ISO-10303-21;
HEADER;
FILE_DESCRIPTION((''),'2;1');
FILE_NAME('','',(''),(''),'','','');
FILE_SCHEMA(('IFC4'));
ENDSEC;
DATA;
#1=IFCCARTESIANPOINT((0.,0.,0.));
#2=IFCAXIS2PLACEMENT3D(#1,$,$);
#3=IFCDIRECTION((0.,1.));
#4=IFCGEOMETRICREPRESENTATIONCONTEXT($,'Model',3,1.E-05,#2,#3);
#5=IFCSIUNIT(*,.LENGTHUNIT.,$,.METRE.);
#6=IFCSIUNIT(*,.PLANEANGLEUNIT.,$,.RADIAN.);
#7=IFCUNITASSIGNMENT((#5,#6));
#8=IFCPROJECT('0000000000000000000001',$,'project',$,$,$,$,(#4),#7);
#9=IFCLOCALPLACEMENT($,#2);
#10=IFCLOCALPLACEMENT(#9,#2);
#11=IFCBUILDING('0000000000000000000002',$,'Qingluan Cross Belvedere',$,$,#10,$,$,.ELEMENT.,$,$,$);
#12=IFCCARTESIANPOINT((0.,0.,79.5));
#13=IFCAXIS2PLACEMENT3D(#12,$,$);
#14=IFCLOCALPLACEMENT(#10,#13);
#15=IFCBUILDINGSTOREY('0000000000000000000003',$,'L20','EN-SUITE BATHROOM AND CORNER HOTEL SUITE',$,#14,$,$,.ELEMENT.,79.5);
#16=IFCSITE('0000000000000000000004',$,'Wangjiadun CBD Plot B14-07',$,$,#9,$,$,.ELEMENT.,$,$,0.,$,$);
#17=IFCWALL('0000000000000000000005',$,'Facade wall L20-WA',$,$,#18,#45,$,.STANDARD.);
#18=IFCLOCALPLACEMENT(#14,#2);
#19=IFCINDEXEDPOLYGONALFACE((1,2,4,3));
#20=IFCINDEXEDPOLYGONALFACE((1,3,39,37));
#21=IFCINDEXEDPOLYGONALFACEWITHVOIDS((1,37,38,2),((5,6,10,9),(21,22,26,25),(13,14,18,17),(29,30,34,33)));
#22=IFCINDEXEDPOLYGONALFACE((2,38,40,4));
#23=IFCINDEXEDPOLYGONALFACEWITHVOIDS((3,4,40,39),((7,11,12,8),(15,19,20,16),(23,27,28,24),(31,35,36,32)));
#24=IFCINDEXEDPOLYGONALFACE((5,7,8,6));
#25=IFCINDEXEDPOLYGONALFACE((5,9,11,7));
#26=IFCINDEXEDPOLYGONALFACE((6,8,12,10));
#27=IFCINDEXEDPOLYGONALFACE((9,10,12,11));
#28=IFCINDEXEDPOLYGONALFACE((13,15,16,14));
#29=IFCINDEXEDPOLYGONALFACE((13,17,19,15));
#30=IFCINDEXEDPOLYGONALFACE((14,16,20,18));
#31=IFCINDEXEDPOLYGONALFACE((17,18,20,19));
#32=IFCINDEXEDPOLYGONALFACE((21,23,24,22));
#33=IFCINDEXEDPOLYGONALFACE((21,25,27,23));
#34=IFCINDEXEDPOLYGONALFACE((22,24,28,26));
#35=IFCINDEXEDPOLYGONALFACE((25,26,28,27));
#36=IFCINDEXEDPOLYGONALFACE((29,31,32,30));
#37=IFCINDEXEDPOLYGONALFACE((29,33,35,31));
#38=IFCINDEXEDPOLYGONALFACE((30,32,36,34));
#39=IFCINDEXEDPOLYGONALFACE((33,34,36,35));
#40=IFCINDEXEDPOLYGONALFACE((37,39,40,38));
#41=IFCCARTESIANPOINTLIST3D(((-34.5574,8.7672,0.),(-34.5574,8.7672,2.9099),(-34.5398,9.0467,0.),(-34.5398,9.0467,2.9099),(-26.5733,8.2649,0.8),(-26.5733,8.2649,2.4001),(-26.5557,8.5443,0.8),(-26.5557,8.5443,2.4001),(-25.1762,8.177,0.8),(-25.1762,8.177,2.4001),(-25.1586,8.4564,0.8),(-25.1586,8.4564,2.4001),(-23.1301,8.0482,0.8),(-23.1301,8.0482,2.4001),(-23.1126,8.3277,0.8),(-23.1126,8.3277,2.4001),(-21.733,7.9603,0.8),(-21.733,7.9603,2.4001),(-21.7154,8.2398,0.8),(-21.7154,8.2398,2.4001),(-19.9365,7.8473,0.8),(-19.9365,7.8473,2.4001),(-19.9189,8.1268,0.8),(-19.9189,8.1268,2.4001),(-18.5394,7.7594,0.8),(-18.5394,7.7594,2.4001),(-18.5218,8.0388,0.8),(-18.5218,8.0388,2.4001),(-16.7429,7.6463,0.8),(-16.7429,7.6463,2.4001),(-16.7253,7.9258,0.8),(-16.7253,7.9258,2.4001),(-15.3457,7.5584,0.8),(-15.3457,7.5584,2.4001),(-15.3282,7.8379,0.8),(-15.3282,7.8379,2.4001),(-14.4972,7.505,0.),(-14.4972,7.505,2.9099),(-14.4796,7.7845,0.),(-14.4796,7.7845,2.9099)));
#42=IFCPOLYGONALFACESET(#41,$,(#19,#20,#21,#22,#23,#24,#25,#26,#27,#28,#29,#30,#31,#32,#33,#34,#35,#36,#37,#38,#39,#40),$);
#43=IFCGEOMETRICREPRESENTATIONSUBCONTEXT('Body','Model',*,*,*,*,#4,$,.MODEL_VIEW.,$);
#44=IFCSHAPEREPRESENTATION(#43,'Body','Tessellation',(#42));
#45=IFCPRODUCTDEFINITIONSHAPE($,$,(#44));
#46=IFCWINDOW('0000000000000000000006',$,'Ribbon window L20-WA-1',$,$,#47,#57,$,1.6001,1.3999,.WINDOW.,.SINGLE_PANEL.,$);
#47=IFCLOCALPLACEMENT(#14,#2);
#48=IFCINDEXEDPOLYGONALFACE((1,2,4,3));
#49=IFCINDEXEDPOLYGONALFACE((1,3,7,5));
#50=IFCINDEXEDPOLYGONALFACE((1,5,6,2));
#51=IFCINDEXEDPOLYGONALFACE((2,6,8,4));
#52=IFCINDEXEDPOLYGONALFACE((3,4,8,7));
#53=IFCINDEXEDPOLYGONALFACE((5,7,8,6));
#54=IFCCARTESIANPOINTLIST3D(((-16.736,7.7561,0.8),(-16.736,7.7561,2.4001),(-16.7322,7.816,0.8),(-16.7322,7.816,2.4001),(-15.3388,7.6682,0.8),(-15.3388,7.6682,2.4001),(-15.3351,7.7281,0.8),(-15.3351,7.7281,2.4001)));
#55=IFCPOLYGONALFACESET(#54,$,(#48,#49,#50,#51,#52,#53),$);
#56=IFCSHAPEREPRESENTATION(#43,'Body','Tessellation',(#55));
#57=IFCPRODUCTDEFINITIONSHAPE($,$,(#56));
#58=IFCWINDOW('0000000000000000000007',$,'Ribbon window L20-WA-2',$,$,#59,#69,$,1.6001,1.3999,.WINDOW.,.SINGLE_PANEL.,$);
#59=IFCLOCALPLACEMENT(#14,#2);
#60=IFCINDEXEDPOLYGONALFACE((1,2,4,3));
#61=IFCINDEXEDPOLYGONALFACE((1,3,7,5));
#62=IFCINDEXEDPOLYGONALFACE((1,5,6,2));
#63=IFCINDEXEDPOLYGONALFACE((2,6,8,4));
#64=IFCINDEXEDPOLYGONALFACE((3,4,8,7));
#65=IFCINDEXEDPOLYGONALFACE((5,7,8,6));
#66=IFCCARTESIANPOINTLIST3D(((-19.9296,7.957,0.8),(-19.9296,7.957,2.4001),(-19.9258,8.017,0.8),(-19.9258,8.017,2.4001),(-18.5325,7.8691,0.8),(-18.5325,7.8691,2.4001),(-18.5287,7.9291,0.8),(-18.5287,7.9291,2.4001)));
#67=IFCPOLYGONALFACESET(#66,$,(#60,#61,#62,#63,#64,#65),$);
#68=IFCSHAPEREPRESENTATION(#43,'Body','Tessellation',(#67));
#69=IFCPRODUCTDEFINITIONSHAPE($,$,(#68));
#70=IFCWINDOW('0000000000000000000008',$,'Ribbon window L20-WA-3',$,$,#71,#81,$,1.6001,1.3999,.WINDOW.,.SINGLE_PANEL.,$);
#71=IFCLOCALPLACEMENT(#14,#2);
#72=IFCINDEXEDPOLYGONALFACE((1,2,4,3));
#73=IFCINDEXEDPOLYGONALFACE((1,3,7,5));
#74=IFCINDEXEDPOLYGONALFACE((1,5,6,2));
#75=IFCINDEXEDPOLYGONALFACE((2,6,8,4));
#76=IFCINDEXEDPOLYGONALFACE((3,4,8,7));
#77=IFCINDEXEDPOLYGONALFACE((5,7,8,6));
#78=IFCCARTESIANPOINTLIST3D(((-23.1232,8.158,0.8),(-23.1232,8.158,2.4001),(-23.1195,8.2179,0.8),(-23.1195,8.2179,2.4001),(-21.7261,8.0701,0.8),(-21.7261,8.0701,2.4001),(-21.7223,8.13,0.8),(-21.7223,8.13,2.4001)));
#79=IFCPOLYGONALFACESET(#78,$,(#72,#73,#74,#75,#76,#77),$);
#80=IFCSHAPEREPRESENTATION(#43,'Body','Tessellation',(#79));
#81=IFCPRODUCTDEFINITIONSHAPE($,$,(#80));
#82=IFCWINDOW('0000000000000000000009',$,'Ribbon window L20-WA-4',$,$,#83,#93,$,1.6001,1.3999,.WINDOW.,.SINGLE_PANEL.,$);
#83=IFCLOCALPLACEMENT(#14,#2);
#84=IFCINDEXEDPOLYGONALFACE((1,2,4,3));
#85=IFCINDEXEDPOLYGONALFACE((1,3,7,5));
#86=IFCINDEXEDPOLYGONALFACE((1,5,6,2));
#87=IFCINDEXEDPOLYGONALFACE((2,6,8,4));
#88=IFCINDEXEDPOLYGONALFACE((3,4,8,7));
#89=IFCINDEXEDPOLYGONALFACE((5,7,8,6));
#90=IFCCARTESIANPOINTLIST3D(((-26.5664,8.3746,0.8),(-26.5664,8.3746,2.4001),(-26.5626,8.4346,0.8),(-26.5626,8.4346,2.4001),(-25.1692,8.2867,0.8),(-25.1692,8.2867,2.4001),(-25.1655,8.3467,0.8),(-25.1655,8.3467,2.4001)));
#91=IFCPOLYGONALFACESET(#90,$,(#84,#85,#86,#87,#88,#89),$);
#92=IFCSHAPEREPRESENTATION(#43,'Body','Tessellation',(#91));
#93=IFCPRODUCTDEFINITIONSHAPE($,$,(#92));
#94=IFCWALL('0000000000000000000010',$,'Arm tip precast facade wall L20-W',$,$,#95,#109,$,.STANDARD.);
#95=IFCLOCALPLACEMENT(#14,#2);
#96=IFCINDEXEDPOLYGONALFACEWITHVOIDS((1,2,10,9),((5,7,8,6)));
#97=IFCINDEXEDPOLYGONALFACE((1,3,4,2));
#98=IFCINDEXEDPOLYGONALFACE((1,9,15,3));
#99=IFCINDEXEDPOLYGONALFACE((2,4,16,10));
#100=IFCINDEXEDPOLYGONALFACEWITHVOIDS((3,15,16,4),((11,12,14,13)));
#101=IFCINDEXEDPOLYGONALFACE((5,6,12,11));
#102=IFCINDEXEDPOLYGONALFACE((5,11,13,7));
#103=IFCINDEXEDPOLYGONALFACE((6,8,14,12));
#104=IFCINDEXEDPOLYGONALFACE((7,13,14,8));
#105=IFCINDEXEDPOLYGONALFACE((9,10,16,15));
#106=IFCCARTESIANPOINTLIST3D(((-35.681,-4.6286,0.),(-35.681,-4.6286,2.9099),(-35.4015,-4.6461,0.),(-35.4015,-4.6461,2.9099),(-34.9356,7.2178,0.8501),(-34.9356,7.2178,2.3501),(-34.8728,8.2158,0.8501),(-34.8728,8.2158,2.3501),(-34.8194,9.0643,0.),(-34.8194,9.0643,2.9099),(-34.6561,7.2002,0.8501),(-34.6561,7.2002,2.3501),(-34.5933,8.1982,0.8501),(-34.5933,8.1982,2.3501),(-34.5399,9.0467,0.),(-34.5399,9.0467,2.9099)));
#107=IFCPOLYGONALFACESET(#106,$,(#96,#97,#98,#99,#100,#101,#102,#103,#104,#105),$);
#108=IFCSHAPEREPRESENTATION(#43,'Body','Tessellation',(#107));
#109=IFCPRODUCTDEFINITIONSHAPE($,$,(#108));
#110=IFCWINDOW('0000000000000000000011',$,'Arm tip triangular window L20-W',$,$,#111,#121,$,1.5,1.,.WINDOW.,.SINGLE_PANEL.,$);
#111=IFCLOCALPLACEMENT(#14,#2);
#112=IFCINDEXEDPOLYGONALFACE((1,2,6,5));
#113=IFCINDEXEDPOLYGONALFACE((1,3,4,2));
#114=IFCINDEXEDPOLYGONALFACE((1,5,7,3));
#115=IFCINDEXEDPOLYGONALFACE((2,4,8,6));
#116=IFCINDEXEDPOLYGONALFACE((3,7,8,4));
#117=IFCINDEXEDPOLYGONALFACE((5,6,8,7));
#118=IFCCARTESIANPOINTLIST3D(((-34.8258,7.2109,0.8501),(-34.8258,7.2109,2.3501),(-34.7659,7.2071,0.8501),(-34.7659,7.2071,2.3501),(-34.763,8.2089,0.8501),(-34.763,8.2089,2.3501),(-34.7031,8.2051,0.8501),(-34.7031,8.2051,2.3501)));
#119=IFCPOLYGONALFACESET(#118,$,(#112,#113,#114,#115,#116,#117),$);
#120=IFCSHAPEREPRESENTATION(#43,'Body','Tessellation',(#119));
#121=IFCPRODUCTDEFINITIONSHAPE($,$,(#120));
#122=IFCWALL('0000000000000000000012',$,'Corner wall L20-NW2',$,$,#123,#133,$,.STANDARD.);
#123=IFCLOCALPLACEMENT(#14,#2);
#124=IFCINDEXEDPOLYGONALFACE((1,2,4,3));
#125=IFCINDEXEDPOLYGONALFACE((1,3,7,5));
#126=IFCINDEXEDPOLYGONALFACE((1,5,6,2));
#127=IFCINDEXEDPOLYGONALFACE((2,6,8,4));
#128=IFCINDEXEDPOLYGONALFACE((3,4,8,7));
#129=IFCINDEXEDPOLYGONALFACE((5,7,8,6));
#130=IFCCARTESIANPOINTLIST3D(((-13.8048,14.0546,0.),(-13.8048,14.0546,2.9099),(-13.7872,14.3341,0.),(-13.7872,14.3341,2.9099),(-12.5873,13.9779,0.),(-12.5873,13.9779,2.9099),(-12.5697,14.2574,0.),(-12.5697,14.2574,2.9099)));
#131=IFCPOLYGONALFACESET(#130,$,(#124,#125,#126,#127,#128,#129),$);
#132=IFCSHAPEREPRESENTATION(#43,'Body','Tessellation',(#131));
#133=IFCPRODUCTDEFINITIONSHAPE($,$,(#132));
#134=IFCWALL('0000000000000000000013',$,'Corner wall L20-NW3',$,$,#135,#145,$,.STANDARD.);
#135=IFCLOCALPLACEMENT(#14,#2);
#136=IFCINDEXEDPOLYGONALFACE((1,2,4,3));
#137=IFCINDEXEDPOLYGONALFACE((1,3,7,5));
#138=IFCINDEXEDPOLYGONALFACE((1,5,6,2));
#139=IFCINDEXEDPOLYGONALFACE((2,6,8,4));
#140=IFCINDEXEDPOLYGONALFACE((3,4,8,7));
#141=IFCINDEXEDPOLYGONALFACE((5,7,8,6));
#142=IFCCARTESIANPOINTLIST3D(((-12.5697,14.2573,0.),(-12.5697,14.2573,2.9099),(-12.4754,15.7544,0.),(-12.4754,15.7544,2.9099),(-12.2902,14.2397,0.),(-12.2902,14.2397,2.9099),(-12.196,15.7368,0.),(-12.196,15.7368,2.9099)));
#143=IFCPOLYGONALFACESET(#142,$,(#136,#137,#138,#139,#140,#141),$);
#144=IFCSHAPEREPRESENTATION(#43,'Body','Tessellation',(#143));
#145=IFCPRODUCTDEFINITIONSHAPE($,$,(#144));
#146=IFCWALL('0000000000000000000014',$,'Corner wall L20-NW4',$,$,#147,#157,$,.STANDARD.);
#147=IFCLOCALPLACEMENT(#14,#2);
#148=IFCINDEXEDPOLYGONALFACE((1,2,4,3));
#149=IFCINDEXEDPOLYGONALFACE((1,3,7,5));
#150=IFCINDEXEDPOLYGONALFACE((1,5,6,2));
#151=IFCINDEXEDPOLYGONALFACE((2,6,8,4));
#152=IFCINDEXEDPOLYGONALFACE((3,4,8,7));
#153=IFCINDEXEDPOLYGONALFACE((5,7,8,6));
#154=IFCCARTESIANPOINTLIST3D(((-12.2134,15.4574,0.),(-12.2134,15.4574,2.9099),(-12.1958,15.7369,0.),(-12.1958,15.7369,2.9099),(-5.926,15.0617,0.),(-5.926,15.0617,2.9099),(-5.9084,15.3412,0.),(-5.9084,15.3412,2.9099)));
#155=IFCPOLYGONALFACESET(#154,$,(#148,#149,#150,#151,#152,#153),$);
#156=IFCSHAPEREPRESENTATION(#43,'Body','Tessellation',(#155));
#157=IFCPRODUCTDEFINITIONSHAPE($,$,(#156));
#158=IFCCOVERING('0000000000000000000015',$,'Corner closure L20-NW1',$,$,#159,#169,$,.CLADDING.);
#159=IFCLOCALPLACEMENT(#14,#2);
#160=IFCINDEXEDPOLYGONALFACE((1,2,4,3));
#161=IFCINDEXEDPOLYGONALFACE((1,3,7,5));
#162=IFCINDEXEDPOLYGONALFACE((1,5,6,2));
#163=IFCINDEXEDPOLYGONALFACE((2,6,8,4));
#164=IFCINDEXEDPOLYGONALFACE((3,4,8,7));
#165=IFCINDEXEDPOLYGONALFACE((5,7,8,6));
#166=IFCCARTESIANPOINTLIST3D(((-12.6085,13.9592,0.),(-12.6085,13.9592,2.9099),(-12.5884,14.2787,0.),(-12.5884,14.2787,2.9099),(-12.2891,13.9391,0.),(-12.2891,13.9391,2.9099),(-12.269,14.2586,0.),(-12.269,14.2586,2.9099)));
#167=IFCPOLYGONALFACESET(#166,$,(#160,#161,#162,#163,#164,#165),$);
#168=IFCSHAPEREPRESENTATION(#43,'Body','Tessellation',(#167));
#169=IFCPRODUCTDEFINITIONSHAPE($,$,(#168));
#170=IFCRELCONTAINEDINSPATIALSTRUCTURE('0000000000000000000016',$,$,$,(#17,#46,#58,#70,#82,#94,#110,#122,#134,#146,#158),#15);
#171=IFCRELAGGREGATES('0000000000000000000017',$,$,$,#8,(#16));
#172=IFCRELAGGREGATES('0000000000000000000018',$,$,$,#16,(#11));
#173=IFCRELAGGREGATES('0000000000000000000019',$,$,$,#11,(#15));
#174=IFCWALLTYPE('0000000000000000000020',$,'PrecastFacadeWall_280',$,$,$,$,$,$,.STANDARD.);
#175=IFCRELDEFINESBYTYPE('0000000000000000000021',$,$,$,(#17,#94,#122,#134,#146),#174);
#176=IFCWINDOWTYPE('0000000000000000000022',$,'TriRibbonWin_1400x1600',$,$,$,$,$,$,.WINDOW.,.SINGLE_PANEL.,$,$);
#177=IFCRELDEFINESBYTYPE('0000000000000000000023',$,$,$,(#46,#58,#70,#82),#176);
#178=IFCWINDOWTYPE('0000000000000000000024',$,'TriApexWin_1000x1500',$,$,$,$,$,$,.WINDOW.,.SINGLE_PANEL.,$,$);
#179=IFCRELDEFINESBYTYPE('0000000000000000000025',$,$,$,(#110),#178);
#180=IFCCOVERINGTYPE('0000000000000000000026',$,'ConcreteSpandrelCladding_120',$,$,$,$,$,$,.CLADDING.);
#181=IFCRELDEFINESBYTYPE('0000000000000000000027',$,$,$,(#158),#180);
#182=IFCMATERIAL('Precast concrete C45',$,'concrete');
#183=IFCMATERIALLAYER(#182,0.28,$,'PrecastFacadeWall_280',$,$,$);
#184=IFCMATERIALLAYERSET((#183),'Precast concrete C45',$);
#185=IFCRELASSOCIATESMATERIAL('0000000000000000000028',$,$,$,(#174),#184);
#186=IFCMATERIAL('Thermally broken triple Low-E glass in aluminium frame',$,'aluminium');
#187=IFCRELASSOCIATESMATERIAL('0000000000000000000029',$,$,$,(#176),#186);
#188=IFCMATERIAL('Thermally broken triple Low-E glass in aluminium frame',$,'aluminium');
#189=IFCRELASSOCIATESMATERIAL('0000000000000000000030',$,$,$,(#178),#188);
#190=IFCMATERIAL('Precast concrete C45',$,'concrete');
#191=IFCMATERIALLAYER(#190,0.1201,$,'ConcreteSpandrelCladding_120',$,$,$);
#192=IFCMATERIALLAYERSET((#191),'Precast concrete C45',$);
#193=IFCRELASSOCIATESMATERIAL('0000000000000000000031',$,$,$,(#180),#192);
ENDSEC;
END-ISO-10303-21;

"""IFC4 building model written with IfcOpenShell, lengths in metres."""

from ifc_helpers import new_model, si_unit, direction, frame, frame_2d, origin, origin_2d, place, context, subcontext, project, spatial, rectangle, extrude, material, layer, layer_set, type_object, element, fill, save


model = new_model("IFC4")

# Units and contexts
model_context = context("Model", 3, precision=1e-05, world=origin(), true_north=direction((0.0, 1.0)))
body_context = subcontext(model_context, "Body", "Model", "MODEL_VIEW")
ifc_project = project(units=[si_unit("LENGTHUNIT", "METRE"), si_unit("PLANEANGLEUNIT", "RADIAN")], contexts=[model_context])

# Site, building, storey
site_placement = place(None, origin())
site = spatial("IfcSite", under=ifc_project, at=site_placement, Name="Wangjiadun CBD Plot B14-07", CompositionType="ELEMENT", RefElevation=0.0)
building_placement = place(site_placement, origin())
building = spatial("IfcBuilding", under=site, at=building_placement, Name="Qingluan Cross Belvedere", CompositionType="ELEMENT")
storey_placement = place(building_placement, frame((0.0, 0.0, 79.5)))
storey = spatial("IfcBuildingStorey", under=building, at=storey_placement, Name="L20", Description="EN-SUITE BATHROOM AND CORNER HOTEL SUITE", CompositionType="ELEMENT", Elevation=79.5)

# Wall, openings, windows
ifc_material_1 = material(Name="Precast concrete C45", Category="concrete")
ifc_layer_1 = layer(ifc_material_1, 0.28, Name="PrecastFacadeWall_280")
ifc_layer_set_1 = layer_set([ifc_layer_1], Name="Precast concrete C45")
wall_type_1 = type_object("IfcWallType", Name="PrecastFacadeWall_280", PredefinedType="STANDARD", material=ifc_layer_set_1)
wall_1_placement = place(storey_placement, frame((-14.4885, 7.6448, 0.0), z_axis=(0.0, 0.0, 1.0), x_axis=(-0.998026, 0.062796, 0.0)))
wall_1 = element("IfcWall", 1, at=wall_1_placement, inside=storey, type_object=wall_type_1, Name="Facade wall L20-WA", PredefinedType="STANDARD", context=body_context, shape_type="SweptSolid", body=[
    extrude(rectangle(XDim=20.0999, YDim=0.28, at=frame_2d((10.0498, 0.0))), origin(), (0.0, 0.0, 1.0), 2.9099),
])
opening_1_placement = place(wall_1_placement, frame((0.8501, 0.0, 0.8)))
opening_1 = element("IfcOpeningElement", 2, at=opening_1_placement, cuts=wall_1, PredefinedType="OPENING", context=body_context, shape_type="SweptSolid", body=[
    extrude(rectangle(XDim=1.3999, YDim=1.6001, at=frame_2d((0.7, 0.8))), frame((0.0, 0.1499, 0.0), z_axis=(0.0, -1.0, 0.0), x_axis=(1.0, 0.0, 0.0)), (0.0, 0.0, 1.0), 0.3),
])
opening_2_placement = place(wall_1_placement, frame((4.05, 0.0, 0.8)))
opening_2 = element("IfcOpeningElement", 3, at=opening_2_placement, cuts=wall_1, PredefinedType="OPENING", context=body_context, shape_type="SweptSolid", body=[
    extrude(rectangle(XDim=1.3999, YDim=1.6001, at=frame_2d((0.7, 0.8))), frame((0.0, 0.1499, 0.0), z_axis=(0.0, -1.0, 0.0), x_axis=(1.0, 0.0, 0.0)), (0.0, 0.0, 1.0), 0.3),
])
opening_3_placement = place(wall_1_placement, frame((7.25, 0.0, 0.8)))
opening_3 = element("IfcOpeningElement", 4, at=opening_3_placement, cuts=wall_1, PredefinedType="OPENING", context=body_context, shape_type="SweptSolid", body=[
    extrude(rectangle(XDim=1.3999, YDim=1.6001, at=frame_2d((0.7, 0.8))), frame((0.0, 0.1499, 0.0), z_axis=(0.0, -1.0, 0.0), x_axis=(1.0, 0.0, 0.0)), (0.0, 0.0, 1.0), 0.3),
])
opening_4_placement = place(wall_1_placement, frame((10.7, 0.0, 0.8)))
opening_4 = element("IfcOpeningElement", 5, at=opening_4_placement, cuts=wall_1, PredefinedType="OPENING", context=body_context, shape_type="SweptSolid", body=[
    extrude(rectangle(XDim=1.3999, YDim=1.6001, at=frame_2d((0.7, 0.8))), frame((0.0, 0.1499, 0.0), z_axis=(0.0, -1.0, 0.0), x_axis=(1.0, 0.0, 0.0)), (0.0, 0.0, 1.0), 0.3),
])
ifc_material_2 = material(Name="Thermally broken triple Low-E glass in aluminium frame", Category="aluminium")
window_type_1 = type_object("IfcWindowType", Name="TriRibbonWin_1400x1600", PartitioningType="SINGLE_PANEL", PredefinedType="WINDOW", material=ifc_material_2)
window_1_placement = place(opening_1_placement, origin())
window_1 = element("IfcWindow", 6, at=window_1_placement, inside=storey, type_object=window_type_1, Name="Ribbon window L20-WA-1", OverallHeight=1.6001, OverallWidth=1.3999, PartitioningType="SINGLE_PANEL", PredefinedType="WINDOW", context=body_context, shape_type="SweptSolid", body=[
    extrude(rectangle(XDim=1.3999, YDim=1.6001, at=frame_2d((0.7, 0.8))), frame((0.0, 0.03, 0.0), z_axis=(0.0, -1.0, 0.0), x_axis=(1.0, 0.0, 0.0)), (0.0, 0.0, 1.0), 0.0601),
])
fill(opening_1, window_1)
window_2_placement = place(opening_2_placement, origin())
window_2 = element("IfcWindow", 7, at=window_2_placement, inside=storey, type_object=window_type_1, Name="Ribbon window L20-WA-2", OverallHeight=1.6001, OverallWidth=1.3999, PartitioningType="SINGLE_PANEL", PredefinedType="WINDOW", context=body_context, shape_type="SweptSolid", body=[
    extrude(rectangle(XDim=1.3999, YDim=1.6001, at=frame_2d((0.7, 0.8))), frame((0.0, 0.03, 0.0), z_axis=(0.0, -1.0, 0.0), x_axis=(1.0, 0.0, 0.0)), (0.0, 0.0, 1.0), 0.0601),
])
fill(opening_2, window_2)
window_3_placement = place(opening_3_placement, origin())
window_3 = element("IfcWindow", 8, at=window_3_placement, inside=storey, type_object=window_type_1, Name="Ribbon window L20-WA-3", OverallHeight=1.6001, OverallWidth=1.3999, PartitioningType="SINGLE_PANEL", PredefinedType="WINDOW", context=body_context, shape_type="SweptSolid", body=[
    extrude(rectangle(XDim=1.3999, YDim=1.6001, at=frame_2d((0.7, 0.8))), frame((0.0, 0.03, 0.0), z_axis=(0.0, -1.0, 0.0), x_axis=(1.0, 0.0, 0.0)), (0.0, 0.0, 1.0), 0.0601),
])
fill(opening_3, window_3)
window_4_placement = place(opening_4_placement, origin())
window_4 = element("IfcWindow", 9, at=window_4_placement, inside=storey, type_object=window_type_1, Name="Ribbon window L20-WA-4", OverallHeight=1.6001, OverallWidth=1.3999, PartitioningType="SINGLE_PANEL", PredefinedType="WINDOW", context=body_context, shape_type="SweptSolid", body=[
    extrude(rectangle(XDim=1.3999, YDim=1.6001, at=frame_2d((0.7, 0.8))), frame((0.0, 0.03, 0.0), z_axis=(0.0, -1.0, 0.0), x_axis=(1.0, 0.0, 0.0)), (0.0, 0.0, 1.0), 0.0601),
])
fill(opening_4, window_4)

# Wall, opening, window
wall_2_placement = place(storey_placement, frame((-34.6797, 9.0554, 0.0), z_axis=(0.0, 0.0, 1.0), x_axis=(-0.062797, -0.998026, 0.0)))
wall_2 = element("IfcWall", 10, at=wall_2_placement, inside=storey, type_object=wall_type_1, Name="Arm tip precast facade wall L20-W", PredefinedType="STANDARD", context=body_context, shape_type="SweptSolid", body=[
    extrude(rectangle(XDim=13.72, YDim=0.28, at=frame_2d((6.8599, 0.0))), origin(), (0.0, 0.0, 1.0), 2.9099),
])
opening_5_placement = place(wall_2_placement, frame((0.8501, 0.0, 0.8501)))
opening_5 = element("IfcOpeningElement", 11, at=opening_5_placement, cuts=wall_2, PredefinedType="OPENING", context=body_context, shape_type="SweptSolid", body=[
    extrude(rectangle(XDim=1.0, YDim=1.5, at=frame_2d((0.5, 0.75))), frame((0.0, 0.1499, 0.0), z_axis=(0.0, -1.0, 0.0), x_axis=(1.0, 0.0, 0.0)), (0.0, 0.0, 1.0), 0.3),
])
ifc_material_3 = material(Name="Thermally broken triple Low-E glass in aluminium frame", Category="aluminium")
window_type_2 = type_object("IfcWindowType", Name="TriApexWin_1000x1500", PartitioningType="SINGLE_PANEL", PredefinedType="WINDOW", material=ifc_material_3)
window_5_placement = place(opening_5_placement, origin())
window_5 = element("IfcWindow", 12, at=window_5_placement, inside=storey, type_object=window_type_2, Name="Arm tip triangular window L20-W", OverallHeight=1.5, OverallWidth=1.0, PartitioningType="SINGLE_PANEL", PredefinedType="WINDOW", context=body_context, shape_type="SweptSolid", body=[
    extrude(rectangle(XDim=1.0, YDim=1.5, at=frame_2d((0.5, 0.75))), frame((0.0, 0.03, 0.0), z_axis=(0.0, -1.0, 0.0), x_axis=(1.0, 0.0, 0.0)), (0.0, 0.0, 1.0), 0.0601),
])
fill(opening_5, window_5)

# Walls
wall_3_placement = place(storey_placement, frame((-13.7959, 14.1943, 0.0), z_axis=(0.0, 0.0, 1.0), x_axis=(0.998024, -0.062839, 0.0)))
element("IfcWall", 13, at=wall_3_placement, inside=storey, type_object=wall_type_1, Name="Corner wall L20-NW2", PredefinedType="STANDARD", context=body_context, shape_type="SweptSolid", body=[
    extrude(rectangle(XDim=1.22, YDim=0.28, at=frame_2d((0.6099, 0.0))), origin(), (0.0, 0.0, 1.0), 2.9099),
])
wall_4_placement = place(storey_placement, frame((-12.4299, 14.2485, 0.0), z_axis=(0.0, 0.0, 1.0), x_axis=(0.062824, 0.998025, 0.0)))
element("IfcWall", 14, at=wall_4_placement, inside=storey, type_object=wall_type_1, Name="Corner wall L20-NW3", PredefinedType="STANDARD", context=body_context, shape_type="SweptSolid", body=[
    extrude(rectangle(XDim=1.5, YDim=0.28, at=frame_2d((0.75, 0.0))), origin(), (0.0, 0.0, 1.0), 2.9099),
])
wall_5_placement = place(storey_placement, frame((-12.2046, 15.5972, 0.0), z_axis=(0.0, 0.0, 1.0), x_axis=(0.998025, -0.06282, 0.0)))
element("IfcWall", 15, at=wall_5_placement, inside=storey, type_object=wall_type_1, Name="Corner wall L20-NW4", PredefinedType="STANDARD", context=body_context, shape_type="SweptSolid", body=[
    extrude(rectangle(XDim=6.2998, YDim=0.28, at=frame_2d((3.1499, 0.0))), origin(), (0.0, 0.0, 1.0), 2.9099),
])

# Covering
ifc_material_4 = material(Name="Precast concrete C45", Category="concrete")
ifc_layer_2 = layer(ifc_material_4, 0.1201, Name="ConcreteSpandrelCladding_120")
ifc_layer_set_2 = layer_set([ifc_layer_2], Name="Precast concrete C45")
covering_type = type_object("IfcCoveringType", Name="ConcreteSpandrelCladding_120", PredefinedType="CLADDING", material=ifc_layer_set_2)
covering_placement = place(storey_placement, frame((-12.4387, 14.1089, 0.0), z_axis=(0.0, 0.0, 1.0), x_axis=(0.998027, -0.062791, 0.0)))
element("IfcCovering", 16, at=covering_placement, inside=storey, type_object=covering_type, Name="Corner closure L20-NW1", PredefinedType="CLADDING", context=body_context, shape_type="SweptSolid", body=[
    extrude(rectangle(XDim=0.3201, YDim=0.3201, at=origin_2d()), origin(), (0.0, 0.0, 1.0), 2.9099),
])

save(model, "model.ifc")
